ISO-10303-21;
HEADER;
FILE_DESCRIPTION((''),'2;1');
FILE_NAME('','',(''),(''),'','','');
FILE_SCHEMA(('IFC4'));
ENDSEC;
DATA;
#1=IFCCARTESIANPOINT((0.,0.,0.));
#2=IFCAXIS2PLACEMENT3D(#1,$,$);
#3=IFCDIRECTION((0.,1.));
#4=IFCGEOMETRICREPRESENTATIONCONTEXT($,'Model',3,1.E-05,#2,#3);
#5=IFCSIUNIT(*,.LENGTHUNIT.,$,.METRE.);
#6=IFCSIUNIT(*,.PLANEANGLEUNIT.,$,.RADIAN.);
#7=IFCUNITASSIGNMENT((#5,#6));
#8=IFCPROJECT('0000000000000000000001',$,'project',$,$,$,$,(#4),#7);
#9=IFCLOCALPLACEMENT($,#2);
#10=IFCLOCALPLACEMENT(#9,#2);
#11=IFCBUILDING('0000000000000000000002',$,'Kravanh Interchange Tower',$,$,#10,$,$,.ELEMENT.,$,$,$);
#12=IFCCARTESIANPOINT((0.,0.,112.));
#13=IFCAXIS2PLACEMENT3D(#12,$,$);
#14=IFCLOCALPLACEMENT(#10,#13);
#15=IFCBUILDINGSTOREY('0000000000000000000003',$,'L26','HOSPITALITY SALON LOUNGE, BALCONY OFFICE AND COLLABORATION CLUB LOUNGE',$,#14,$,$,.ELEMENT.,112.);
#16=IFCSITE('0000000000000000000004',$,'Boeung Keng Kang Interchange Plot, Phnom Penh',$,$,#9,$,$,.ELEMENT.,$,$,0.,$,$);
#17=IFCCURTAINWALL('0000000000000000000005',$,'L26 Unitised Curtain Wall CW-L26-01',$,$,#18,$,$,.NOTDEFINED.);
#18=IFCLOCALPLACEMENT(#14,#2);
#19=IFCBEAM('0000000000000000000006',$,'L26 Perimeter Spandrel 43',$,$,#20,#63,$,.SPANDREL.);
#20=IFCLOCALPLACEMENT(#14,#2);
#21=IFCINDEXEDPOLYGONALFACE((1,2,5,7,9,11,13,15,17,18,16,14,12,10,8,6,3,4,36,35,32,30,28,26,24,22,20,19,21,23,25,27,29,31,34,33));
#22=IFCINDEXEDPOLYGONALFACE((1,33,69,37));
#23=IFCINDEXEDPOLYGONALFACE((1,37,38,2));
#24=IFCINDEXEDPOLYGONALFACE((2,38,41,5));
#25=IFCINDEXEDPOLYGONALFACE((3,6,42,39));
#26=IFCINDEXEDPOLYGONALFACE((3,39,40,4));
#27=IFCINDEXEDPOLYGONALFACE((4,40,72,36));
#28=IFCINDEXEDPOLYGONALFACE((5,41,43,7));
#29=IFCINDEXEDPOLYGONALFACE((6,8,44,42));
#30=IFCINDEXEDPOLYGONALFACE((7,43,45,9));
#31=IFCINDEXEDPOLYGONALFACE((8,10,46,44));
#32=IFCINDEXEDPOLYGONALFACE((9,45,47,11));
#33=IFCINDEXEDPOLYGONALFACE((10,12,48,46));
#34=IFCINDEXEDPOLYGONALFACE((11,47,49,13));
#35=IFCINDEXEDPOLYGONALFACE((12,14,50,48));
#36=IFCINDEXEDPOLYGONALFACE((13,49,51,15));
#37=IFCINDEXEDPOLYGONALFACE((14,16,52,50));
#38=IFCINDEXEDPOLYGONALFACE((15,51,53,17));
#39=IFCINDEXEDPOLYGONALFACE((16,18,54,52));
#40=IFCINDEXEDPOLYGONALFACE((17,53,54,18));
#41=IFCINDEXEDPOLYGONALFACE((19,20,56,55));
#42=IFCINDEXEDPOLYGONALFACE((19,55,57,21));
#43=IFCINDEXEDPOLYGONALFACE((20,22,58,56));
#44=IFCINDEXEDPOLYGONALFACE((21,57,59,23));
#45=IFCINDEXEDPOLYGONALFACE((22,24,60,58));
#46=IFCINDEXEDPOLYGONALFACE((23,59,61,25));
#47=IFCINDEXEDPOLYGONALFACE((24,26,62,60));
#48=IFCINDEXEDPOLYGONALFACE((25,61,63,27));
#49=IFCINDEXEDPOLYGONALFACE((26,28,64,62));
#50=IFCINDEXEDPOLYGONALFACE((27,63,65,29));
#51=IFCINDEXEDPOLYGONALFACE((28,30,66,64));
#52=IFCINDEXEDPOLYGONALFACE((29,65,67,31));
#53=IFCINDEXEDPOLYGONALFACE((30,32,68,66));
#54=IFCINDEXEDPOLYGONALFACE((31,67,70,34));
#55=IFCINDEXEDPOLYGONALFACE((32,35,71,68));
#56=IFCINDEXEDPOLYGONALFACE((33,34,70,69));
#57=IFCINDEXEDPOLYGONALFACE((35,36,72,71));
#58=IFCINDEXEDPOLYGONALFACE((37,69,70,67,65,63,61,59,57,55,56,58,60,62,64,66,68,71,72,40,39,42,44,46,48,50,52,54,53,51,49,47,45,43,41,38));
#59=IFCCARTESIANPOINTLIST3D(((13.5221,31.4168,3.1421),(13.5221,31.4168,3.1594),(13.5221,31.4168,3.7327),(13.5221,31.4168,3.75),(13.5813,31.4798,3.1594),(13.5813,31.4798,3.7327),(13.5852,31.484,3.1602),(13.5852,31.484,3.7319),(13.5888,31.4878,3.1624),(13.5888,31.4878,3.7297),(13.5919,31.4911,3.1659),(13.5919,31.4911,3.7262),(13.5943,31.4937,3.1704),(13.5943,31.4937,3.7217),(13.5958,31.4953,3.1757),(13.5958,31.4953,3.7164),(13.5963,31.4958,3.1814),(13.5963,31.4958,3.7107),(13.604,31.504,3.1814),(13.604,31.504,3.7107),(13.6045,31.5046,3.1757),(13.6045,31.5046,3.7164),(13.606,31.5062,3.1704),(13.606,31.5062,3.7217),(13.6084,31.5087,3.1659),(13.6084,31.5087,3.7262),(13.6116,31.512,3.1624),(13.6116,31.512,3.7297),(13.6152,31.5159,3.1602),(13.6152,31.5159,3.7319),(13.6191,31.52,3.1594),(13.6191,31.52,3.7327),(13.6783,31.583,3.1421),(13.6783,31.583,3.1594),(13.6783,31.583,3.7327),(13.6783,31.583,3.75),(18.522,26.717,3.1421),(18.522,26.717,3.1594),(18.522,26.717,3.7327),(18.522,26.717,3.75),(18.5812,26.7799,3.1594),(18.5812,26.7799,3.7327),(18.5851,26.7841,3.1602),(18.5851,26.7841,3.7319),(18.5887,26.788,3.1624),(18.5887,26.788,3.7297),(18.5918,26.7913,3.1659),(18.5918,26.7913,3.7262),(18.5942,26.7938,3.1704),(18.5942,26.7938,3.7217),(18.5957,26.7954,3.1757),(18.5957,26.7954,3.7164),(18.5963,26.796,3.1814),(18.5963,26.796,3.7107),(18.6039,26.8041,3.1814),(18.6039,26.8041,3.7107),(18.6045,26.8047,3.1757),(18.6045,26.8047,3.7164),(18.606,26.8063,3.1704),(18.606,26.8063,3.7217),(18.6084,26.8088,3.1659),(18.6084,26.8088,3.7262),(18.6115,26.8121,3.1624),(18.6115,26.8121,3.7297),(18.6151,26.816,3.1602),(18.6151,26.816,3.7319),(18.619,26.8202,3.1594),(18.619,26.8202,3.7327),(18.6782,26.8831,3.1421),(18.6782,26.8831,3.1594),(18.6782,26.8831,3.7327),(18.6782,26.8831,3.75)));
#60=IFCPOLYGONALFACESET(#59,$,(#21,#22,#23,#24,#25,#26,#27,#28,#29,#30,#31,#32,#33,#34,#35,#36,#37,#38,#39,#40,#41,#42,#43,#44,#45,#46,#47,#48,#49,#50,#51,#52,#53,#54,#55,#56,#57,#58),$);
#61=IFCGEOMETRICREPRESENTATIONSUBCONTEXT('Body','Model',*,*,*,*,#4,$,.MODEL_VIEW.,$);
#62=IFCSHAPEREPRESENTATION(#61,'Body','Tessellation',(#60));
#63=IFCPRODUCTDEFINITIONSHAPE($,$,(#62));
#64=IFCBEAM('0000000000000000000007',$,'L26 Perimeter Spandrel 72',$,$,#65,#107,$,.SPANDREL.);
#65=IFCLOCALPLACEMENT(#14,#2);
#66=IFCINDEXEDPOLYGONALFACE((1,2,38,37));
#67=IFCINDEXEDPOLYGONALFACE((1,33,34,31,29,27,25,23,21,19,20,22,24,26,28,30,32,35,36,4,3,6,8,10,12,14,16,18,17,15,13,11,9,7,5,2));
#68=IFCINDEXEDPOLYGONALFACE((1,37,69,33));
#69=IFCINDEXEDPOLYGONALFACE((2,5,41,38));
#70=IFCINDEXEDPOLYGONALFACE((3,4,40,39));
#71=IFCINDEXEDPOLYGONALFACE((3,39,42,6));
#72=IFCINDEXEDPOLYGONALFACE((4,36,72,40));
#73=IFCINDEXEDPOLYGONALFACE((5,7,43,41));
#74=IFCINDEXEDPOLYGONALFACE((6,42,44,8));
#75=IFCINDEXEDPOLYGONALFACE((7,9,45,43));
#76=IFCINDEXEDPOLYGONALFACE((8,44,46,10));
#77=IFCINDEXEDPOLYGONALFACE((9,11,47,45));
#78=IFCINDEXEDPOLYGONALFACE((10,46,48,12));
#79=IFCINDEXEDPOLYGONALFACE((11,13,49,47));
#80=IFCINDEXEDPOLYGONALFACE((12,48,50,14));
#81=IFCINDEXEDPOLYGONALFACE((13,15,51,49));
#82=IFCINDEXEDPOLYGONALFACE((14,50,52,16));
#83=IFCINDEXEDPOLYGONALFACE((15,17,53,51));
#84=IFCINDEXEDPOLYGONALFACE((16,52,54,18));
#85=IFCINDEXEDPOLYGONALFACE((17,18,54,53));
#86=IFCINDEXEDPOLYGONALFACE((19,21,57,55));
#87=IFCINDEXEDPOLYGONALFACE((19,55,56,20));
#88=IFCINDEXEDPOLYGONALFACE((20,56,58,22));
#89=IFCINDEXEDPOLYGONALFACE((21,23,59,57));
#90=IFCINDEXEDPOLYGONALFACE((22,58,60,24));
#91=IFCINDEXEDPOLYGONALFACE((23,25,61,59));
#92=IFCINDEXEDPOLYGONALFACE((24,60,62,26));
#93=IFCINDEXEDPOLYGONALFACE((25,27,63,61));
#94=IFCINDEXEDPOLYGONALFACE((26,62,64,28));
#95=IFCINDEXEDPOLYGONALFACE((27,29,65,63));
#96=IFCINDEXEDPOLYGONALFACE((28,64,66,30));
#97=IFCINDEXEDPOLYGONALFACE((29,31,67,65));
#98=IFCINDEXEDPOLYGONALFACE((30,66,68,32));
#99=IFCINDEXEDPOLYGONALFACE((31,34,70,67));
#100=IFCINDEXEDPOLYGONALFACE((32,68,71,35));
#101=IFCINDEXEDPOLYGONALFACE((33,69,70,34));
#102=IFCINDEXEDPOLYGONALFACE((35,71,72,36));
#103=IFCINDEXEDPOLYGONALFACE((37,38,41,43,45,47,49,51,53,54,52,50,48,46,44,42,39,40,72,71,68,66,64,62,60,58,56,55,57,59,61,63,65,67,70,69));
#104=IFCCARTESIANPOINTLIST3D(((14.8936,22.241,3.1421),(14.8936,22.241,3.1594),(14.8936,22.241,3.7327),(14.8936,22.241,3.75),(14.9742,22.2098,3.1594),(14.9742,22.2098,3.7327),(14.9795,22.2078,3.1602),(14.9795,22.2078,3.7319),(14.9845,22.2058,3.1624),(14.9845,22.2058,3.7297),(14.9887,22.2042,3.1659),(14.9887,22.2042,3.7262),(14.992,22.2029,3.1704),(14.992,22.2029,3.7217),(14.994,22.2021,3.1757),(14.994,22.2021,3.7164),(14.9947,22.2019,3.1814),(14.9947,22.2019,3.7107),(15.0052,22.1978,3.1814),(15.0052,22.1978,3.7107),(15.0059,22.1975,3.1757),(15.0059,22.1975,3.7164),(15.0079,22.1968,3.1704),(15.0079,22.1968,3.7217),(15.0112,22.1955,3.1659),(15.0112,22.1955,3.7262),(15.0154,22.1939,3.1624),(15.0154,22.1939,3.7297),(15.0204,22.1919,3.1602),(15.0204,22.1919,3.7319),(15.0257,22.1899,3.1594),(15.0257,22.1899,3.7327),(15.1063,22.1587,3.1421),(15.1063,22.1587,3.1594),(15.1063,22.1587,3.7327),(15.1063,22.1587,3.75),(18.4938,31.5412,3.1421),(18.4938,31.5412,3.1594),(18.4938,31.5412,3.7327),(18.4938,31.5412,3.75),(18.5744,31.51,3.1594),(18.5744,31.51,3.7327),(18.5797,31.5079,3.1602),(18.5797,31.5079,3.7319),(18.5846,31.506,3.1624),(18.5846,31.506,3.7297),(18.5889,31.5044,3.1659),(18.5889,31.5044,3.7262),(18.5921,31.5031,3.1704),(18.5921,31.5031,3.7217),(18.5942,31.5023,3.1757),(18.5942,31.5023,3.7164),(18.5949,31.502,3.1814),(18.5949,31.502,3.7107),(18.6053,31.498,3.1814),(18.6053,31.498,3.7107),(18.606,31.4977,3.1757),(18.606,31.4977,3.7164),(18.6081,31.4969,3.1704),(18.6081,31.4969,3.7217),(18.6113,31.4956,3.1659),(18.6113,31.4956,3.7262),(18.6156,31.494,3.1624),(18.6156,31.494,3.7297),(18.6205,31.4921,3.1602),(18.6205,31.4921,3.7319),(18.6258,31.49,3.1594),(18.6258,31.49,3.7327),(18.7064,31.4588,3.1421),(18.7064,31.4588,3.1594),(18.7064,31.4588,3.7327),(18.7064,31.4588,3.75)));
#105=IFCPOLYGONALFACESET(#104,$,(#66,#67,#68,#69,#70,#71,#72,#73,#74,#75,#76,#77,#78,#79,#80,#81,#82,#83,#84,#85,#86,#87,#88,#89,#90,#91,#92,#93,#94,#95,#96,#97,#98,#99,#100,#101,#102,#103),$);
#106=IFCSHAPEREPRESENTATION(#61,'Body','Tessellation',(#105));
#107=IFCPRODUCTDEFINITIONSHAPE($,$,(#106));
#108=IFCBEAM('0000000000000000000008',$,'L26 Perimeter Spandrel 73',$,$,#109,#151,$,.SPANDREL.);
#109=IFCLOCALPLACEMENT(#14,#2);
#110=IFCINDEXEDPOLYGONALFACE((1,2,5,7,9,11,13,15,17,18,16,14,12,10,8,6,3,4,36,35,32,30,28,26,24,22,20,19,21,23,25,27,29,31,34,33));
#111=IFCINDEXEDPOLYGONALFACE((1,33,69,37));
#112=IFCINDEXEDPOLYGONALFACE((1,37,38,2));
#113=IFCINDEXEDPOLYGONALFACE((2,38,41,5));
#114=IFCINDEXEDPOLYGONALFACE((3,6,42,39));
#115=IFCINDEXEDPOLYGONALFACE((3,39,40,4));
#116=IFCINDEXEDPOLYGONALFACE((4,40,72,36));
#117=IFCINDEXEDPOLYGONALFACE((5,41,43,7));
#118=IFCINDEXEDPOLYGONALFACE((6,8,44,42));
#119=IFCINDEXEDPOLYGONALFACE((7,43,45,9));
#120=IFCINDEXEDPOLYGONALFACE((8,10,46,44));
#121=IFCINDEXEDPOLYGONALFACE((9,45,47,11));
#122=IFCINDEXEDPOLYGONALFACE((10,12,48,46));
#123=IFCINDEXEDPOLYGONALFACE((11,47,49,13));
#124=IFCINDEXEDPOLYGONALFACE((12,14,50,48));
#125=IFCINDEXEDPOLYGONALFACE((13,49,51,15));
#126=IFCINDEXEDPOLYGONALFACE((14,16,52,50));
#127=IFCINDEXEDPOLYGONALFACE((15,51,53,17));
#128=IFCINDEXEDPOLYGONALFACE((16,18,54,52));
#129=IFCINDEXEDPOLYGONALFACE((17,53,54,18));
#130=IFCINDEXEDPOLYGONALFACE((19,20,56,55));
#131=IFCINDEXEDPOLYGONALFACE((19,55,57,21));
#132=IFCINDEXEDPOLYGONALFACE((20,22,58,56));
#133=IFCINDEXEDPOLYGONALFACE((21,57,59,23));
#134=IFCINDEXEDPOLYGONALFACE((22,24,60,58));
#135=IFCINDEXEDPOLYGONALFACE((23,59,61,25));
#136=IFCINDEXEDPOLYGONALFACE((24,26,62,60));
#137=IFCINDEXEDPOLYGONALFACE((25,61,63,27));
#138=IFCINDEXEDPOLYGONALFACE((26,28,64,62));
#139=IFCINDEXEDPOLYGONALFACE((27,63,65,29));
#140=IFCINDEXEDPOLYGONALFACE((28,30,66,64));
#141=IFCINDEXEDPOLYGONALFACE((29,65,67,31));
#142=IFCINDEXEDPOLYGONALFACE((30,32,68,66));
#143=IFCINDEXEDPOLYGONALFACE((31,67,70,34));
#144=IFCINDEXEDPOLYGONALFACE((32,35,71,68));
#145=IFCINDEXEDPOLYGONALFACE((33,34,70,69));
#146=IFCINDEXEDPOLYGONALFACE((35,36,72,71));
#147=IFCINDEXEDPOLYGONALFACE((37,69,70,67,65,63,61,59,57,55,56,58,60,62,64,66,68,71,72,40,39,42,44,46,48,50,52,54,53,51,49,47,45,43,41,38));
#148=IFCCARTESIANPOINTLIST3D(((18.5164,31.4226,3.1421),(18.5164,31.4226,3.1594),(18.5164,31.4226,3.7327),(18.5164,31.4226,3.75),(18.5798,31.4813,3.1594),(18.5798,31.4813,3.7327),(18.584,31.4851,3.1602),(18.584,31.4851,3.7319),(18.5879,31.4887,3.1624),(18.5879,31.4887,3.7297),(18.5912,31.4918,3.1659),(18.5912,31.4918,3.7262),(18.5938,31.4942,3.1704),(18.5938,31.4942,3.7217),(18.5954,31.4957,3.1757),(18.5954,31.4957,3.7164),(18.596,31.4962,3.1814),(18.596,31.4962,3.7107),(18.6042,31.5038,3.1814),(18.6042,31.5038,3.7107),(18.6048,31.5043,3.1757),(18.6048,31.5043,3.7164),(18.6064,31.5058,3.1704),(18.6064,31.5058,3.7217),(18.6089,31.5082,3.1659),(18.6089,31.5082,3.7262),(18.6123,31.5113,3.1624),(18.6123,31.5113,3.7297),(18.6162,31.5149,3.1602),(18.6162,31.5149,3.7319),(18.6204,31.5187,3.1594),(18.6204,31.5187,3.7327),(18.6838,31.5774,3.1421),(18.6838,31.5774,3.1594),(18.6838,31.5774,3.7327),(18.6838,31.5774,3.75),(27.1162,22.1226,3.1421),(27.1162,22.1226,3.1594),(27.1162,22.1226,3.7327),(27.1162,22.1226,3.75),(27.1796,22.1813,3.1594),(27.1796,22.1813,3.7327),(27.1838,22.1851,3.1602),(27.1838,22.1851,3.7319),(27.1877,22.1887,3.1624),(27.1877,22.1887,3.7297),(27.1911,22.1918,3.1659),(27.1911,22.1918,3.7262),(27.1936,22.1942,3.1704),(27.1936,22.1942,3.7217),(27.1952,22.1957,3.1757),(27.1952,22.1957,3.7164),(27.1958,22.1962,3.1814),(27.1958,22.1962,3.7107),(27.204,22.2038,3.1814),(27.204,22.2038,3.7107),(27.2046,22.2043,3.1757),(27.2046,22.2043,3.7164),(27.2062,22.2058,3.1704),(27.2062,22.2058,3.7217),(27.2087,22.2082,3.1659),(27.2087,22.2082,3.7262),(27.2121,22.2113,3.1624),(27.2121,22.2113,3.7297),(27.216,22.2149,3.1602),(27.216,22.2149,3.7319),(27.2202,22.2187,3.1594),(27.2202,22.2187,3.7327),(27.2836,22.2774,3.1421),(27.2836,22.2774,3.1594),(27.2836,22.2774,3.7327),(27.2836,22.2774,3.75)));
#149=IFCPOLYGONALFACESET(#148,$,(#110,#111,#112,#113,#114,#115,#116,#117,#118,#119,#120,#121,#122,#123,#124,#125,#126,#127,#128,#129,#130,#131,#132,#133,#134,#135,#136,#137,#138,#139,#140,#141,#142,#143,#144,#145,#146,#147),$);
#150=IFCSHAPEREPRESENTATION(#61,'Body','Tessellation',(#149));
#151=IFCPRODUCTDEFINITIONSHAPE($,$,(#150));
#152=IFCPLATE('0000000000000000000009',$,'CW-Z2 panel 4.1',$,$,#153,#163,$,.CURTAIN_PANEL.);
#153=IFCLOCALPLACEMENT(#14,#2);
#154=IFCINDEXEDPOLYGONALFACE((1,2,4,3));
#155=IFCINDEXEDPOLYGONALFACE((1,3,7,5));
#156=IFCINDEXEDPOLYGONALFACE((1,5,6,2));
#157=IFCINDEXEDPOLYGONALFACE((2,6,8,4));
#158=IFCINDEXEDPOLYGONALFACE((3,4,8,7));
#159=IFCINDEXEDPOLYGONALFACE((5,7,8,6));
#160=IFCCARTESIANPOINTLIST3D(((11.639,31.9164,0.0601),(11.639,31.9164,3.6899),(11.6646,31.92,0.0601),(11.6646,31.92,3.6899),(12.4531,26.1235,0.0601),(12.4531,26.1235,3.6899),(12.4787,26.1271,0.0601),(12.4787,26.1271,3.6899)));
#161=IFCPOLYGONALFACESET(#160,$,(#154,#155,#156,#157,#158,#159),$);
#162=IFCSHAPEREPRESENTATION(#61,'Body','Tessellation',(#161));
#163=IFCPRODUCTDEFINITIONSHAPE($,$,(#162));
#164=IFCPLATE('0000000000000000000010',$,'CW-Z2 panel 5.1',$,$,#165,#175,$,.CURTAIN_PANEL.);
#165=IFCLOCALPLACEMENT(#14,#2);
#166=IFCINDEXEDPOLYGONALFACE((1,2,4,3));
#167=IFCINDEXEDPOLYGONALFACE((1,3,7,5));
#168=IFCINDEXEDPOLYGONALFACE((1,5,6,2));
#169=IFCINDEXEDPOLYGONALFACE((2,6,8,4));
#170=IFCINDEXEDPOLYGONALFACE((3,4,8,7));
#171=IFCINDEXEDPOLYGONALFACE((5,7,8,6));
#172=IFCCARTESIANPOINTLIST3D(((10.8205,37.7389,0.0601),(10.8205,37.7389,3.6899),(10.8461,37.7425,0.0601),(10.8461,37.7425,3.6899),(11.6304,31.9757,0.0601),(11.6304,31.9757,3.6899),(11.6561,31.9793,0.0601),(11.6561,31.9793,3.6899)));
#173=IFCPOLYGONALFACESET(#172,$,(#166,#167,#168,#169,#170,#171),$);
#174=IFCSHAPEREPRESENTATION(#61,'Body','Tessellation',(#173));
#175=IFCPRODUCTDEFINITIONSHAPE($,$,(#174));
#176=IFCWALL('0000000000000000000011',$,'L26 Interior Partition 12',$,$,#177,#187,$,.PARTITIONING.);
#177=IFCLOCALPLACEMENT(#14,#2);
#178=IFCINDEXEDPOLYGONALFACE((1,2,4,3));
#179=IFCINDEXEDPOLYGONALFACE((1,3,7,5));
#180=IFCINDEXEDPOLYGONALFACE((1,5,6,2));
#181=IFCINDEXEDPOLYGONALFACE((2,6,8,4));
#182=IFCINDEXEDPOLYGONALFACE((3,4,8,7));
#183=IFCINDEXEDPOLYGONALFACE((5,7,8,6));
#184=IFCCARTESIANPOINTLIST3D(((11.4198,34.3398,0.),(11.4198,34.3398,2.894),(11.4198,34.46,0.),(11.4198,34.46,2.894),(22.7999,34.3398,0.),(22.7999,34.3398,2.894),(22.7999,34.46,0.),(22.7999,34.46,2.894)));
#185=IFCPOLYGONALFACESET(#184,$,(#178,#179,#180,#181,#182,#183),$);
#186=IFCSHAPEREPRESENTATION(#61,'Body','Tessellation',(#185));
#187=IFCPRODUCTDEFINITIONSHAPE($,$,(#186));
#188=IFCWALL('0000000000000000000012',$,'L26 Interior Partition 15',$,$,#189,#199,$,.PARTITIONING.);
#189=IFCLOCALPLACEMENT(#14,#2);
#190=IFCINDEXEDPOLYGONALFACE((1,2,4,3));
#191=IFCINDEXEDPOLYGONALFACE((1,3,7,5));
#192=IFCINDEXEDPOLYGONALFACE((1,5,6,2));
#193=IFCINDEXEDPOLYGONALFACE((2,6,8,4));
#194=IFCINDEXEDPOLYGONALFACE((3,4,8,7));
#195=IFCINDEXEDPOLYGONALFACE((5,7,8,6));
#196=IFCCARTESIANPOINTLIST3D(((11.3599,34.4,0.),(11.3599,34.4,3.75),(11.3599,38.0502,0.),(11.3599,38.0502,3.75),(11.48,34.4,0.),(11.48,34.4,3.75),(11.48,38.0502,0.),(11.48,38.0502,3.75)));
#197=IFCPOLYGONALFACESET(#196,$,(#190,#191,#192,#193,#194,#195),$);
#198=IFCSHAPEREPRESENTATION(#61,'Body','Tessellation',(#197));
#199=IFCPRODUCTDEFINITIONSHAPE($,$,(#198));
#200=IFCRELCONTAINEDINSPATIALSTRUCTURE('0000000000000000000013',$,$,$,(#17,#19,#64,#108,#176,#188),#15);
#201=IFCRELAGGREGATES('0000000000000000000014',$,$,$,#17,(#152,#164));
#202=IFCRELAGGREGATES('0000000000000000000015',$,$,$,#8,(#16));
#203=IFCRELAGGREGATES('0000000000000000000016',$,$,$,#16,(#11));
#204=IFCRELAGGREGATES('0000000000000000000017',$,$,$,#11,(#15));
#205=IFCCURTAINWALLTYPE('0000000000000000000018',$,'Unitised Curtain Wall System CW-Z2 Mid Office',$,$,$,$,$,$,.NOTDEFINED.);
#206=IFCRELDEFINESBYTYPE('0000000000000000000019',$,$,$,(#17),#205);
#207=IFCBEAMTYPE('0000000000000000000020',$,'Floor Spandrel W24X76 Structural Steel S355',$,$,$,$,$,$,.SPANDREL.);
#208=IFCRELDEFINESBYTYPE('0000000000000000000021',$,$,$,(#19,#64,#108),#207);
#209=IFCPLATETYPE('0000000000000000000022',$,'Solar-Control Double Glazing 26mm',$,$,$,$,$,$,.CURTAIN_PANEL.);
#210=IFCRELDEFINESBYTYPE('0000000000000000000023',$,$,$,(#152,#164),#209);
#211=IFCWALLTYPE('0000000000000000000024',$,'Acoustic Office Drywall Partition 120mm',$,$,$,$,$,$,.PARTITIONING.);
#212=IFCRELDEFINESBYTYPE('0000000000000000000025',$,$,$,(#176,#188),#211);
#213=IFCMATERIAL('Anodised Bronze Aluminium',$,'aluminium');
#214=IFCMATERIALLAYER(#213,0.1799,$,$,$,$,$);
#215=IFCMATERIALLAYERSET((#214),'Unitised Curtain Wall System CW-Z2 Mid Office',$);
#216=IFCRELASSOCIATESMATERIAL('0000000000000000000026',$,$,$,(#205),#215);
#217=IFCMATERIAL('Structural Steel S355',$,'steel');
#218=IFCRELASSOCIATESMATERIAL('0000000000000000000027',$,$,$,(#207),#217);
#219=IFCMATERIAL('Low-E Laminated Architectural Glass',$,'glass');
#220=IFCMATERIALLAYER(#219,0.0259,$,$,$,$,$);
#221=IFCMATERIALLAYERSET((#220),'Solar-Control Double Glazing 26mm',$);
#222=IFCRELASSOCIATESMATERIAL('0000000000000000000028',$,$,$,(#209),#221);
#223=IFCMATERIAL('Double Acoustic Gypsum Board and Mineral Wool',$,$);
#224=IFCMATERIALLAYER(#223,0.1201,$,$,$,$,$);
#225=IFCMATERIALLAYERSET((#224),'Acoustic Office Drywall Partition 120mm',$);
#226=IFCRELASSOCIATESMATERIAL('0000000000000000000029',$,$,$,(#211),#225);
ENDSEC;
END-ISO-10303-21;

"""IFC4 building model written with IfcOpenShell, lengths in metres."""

from ifc_helpers import new_model, si_unit, direction, frame, frame_2d, origin, origin_2d, place, context, subcontext, project, spatial, rectangle, i_section, extrude, material, layer, layer_set, material_profile, profile_set, type_object, element, aggregate, save


model = new_model("IFC4")

# Units and contexts
model_context = context("Model", 3, precision=1e-05, world=origin(), true_north=direction((0.0, 1.0)))
body_context = subcontext(model_context, "Body", "Model", "MODEL_VIEW")
ifc_project = project(units=[si_unit("LENGTHUNIT", "METRE"), si_unit("PLANEANGLEUNIT", "RADIAN")], contexts=[model_context])

# Site, building, storey
site_placement = place(None, origin())
site = spatial("IfcSite", under=ifc_project, at=site_placement, Name="Boeung Keng Kang Interchange Plot, Phnom Penh", CompositionType="ELEMENT", RefElevation=0.0)
building_placement = place(site_placement, origin())
building = spatial("IfcBuilding", under=site, at=building_placement, Name="Kravanh Interchange Tower", CompositionType="ELEMENT")
storey_placement = place(building_placement, frame((0.0, 0.0, 112.0)))
storey = spatial("IfcBuildingStorey", under=building, at=storey_placement, Name="L26", Description="HOSPITALITY SALON LOUNGE, BALCONY OFFICE AND COLLABORATION CLUB LOUNGE", CompositionType="ELEMENT", Elevation=112.0)

# Curtain wall
ifc_material_1 = material(Name="Anodised Bronze Aluminium", Category="aluminium")
ifc_layer_1 = layer(ifc_material_1, 0.1799)
ifc_layer_set_1 = layer_set([ifc_layer_1], Name="Unitised Curtain Wall System CW-Z2 Mid Office")
curtain_wall_type = type_object("IfcCurtainWallType", Name="Unitised Curtain Wall System CW-Z2 Mid Office", PredefinedType="NOTDEFINED", material=ifc_layer_set_1)
curtain_wall_placement = place(storey_placement, origin())
curtain_wall = element("IfcCurtainWall", 1, at=curtain_wall_placement, inside=storey, type_object=curtain_wall_type, Name="L26 Unitised Curtain Wall CW-L26-01", PredefinedType="NOTDEFINED")

# Beams
ifc_material_2 = material(Name="Structural Steel S355", Category="steel")
ifc_material_profile_1 = material_profile(ifc_material_2, i_section(OverallWidth=0.228, OverallDepth=0.6079, WebThickness=0.0112, FlangeThickness=0.0173, FilletRadius=0.022, at=origin_2d()), Name="W24X76")
ifc_profile_set_1 = profile_set([ifc_material_profile_1], Name="Structural Steel S355")
beam_type_1 = type_object("IfcBeamType", Name="Floor Spandrel W24X76 Structural Steel S355", PredefinedType="SPANDREL", material=ifc_profile_set_1)
beam_1_placement = place(storey_placement, frame((18.6001, 26.8, 3.446), z_axis=(-0.728631, 0.684906, 0.0), x_axis=(-0.684906, -0.728631, 0.0)))
element("IfcBeam", 2, at=beam_1_placement, inside=storey, type_object=beam_type_1, Name="L26 Perimeter Spandrel 43", PredefinedType="SPANDREL", context=body_context, shape_type="SweptSolid", body=[
    extrude(i_section(OverallWidth=0.228, OverallDepth=0.6079, WebThickness=0.0112, FlangeThickness=0.0173, FilletRadius=0.022, at=origin_2d()), origin(), (0.0, 0.0, 1.0), 6.8621),
])
beam_2_placement = place(storey_placement, frame((18.6001, 31.5, 3.446), z_axis=(-0.361001, -0.932565, 0.0), x_axis=(0.932565, -0.361001, 0.0)))
element("IfcBeam", 3, at=beam_2_placement, inside=storey, type_object=beam_type_1, Name="L26 Perimeter Spandrel 72", PredefinedType="SPANDREL", context=body_context, shape_type="SweptSolid", body=[
    extrude(i_section(OverallWidth=0.228, OverallDepth=0.6079, WebThickness=0.0112, FlangeThickness=0.0173, FilletRadius=0.022, at=origin_2d()), origin(), (0.0, 0.0, 1.0), 9.9727),
])
beam_3_placement = place(storey_placement, frame((18.6001, 31.5, 3.446), z_axis=(0.678927, -0.734205, 0.0), x_axis=(0.734205, 0.678927, 0.0)))
element("IfcBeam", 4, at=beam_3_placement, inside=storey, type_object=beam_type_1, Name="L26 Perimeter Spandrel 73", PredefinedType="SPANDREL", context=body_context, shape_type="SweptSolid", body=[
    extrude(i_section(OverallWidth=0.228, OverallDepth=0.6079, WebThickness=0.0112, FlangeThickness=0.0173, FilletRadius=0.022, at=origin_2d()), origin(), (0.0, 0.0, 1.0), 12.6667),
])

# Plates
ifc_material_3 = material(Name="Low-E Laminated Architectural Glass", Category="glass")
ifc_layer_2 = layer(ifc_material_3, 0.0259)
ifc_layer_set_2 = layer_set([ifc_layer_2], Name="Solar-Control Double Glazing 26mm")
plate_type = type_object("IfcPlateType", Name="Solar-Control Double Glazing 26mm", PredefinedType="CURTAIN_PANEL", material=ifc_layer_set_2)
plate_1_placement = place(storey_placement, frame((12.0588, 29.0217, 0.0601), z_axis=(0.0, 0.0, 1.0), x_axis=(-0.139173, 0.990268, 0.0)))
plate_1 = element("IfcPlate", 5, at=plate_1_placement, type_object=plate_type, Name="CW-Z2 panel 4.1", PredefinedType="CURTAIN_PANEL", context=body_context, shape_type="SweptSolid", body=[
    extrude(rectangle(XDim=5.8499, YDim=0.0259, at=origin_2d()), origin(), (0.0, 0.0, 1.0), 3.6299),
])
plate_2_placement = place(storey_placement, frame((11.2383, 34.8591, 0.0601), z_axis=(0.0, 0.0, 1.0), x_axis=(-0.139173, 0.990268, 0.0)))
plate_2 = element("IfcPlate", 6, at=plate_2_placement, type_object=plate_type, Name="CW-Z2 panel 5.1", PredefinedType="CURTAIN_PANEL", context=body_context, shape_type="SweptSolid", body=[
    extrude(rectangle(XDim=5.8198, YDim=0.0259, at=origin_2d()), origin(), (0.0, 0.0, 1.0), 3.6299),
])
aggregate(curtain_wall, [plate_1, plate_2])

# Walls
ifc_material_4 = material(Name="Double Acoustic Gypsum Board and Mineral Wool")
ifc_layer_3 = layer(ifc_material_4, 0.1201)
ifc_layer_set_3 = layer_set([ifc_layer_3], Name="Acoustic Office Drywall Partition 120mm")
wall_type = type_object("IfcWallType", Name="Acoustic Office Drywall Partition 120mm", PredefinedType="PARTITIONING", material=ifc_layer_set_3)
wall_1_placement = place(storey_placement, frame((11.4199, 34.3999, 0.0), z_axis=(0.0, 0.0, 1.0), x_axis=(1.0, 0.0, 0.0)))
element("IfcWall", 7, at=wall_1_placement, inside=storey, type_object=wall_type, Name="L26 Interior Partition 12", PredefinedType="PARTITIONING", context=body_context, shape_type="SweptSolid", body=[
    extrude(rectangle(XDim=11.3801, YDim=0.1201, at=frame_2d((5.6899, 0.0))), origin(), (0.0, 0.0, 1.0), 2.894),
])
wall_2_placement = place(storey_placement, frame((11.4199, 34.3999, 0.0), z_axis=(0.0, 0.0, 1.0), x_axis=(0.0, 1.0, 0.0)))
element("IfcWall", 8, at=wall_2_placement, inside=storey, type_object=wall_type, Name="L26 Interior Partition 15", PredefinedType="PARTITIONING", context=body_context, shape_type="SweptSolid", body=[
    extrude(rectangle(XDim=3.6501, YDim=0.1201, at=frame_2d((1.8252, 0.0))), origin(), (0.0, 0.0, 1.0), 3.75),
])

save(model, "model.ifc")
